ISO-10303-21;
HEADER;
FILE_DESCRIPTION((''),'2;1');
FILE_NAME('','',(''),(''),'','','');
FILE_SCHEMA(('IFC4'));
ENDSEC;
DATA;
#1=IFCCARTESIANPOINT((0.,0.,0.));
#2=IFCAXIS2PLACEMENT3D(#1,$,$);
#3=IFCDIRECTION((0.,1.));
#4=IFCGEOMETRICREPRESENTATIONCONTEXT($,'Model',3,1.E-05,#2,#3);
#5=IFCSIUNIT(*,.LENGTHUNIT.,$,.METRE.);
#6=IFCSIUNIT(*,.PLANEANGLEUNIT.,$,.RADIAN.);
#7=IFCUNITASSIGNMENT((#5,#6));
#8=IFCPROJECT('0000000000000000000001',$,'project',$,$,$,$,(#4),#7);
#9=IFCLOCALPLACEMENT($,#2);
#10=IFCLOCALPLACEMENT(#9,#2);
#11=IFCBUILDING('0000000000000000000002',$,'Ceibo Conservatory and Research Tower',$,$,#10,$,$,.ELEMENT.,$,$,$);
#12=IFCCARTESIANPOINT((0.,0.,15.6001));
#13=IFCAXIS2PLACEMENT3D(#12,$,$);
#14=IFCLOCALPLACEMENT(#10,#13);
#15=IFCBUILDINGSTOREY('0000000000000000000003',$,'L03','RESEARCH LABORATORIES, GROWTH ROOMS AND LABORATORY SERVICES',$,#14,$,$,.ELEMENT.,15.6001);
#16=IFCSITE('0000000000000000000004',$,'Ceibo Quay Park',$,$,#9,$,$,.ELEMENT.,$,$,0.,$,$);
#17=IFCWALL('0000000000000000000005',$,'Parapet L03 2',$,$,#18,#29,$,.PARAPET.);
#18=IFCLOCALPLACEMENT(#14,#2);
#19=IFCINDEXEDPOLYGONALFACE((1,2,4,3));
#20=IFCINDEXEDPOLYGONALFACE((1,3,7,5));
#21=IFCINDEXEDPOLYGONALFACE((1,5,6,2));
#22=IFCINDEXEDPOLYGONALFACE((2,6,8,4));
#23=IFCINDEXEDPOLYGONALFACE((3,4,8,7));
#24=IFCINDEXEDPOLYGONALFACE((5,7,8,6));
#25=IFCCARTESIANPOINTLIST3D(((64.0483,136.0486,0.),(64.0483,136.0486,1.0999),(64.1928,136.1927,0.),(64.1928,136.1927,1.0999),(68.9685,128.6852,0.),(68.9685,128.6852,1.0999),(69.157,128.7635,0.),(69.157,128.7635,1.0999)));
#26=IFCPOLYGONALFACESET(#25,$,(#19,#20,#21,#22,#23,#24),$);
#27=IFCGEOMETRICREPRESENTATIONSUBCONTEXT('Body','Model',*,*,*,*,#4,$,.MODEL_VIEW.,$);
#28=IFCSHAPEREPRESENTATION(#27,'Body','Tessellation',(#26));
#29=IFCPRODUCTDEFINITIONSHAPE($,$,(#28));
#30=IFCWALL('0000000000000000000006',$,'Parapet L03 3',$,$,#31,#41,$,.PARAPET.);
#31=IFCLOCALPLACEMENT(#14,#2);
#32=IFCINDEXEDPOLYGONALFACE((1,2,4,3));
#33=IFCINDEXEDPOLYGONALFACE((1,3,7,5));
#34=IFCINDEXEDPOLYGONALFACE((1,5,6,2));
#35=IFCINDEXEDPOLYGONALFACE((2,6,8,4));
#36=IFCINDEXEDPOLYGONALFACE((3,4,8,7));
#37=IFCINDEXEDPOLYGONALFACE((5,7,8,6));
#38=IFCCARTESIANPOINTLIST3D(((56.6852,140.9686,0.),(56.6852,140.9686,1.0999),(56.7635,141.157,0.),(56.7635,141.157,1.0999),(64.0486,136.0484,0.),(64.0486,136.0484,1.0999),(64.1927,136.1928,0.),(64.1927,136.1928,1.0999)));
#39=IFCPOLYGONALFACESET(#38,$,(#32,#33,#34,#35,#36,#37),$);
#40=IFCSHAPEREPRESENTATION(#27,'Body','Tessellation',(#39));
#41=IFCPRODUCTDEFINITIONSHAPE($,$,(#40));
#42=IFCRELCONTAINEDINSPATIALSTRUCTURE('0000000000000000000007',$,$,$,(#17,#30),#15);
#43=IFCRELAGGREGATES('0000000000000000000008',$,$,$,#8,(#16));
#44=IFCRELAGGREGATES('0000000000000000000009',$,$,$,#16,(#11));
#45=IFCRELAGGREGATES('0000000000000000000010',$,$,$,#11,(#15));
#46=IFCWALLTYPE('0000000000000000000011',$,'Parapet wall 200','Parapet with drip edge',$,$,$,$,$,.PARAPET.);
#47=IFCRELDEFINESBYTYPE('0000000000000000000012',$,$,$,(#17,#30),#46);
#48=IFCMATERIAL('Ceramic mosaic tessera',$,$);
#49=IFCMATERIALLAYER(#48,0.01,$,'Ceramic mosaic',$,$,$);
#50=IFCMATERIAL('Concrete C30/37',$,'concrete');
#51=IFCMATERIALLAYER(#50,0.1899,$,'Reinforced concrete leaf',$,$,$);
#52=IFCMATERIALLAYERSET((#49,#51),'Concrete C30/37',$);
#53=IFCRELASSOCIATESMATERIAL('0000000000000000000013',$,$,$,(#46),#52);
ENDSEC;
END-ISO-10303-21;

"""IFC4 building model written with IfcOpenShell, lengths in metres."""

from ifc_helpers import new_model, si_unit, direction, frame, origin, place, context, subcontext, project, spatial, polyline, outline, extrude, material, layer, layer_set, type_object, element, save


model = new_model("IFC4")

# Units and contexts
model_context = context("Model", 3, precision=1e-05, world=origin(), true_north=direction((0.0, 1.0)))
body_context = subcontext(model_context, "Body", "Model", "MODEL_VIEW")
ifc_project = project(units=[si_unit("LENGTHUNIT", "METRE"), si_unit("PLANEANGLEUNIT", "RADIAN")], contexts=[model_context])

# Site, building, storey
site_placement = place(None, origin())
site = spatial("IfcSite", under=ifc_project, at=site_placement, Name="Ceibo Quay Park", CompositionType="ELEMENT", RefElevation=0.0)
building_placement = place(site_placement, origin())
building = spatial("IfcBuilding", under=site, at=building_placement, Name="Ceibo Conservatory and Research Tower", CompositionType="ELEMENT")
storey_placement = place(building_placement, frame((0.0, 0.0, 15.6001)))
storey = spatial("IfcBuildingStorey", under=building, at=storey_placement, Name="L03", Description="RESEARCH LABORATORIES, GROWTH ROOMS AND LABORATORY SERVICES", CompositionType="ELEMENT", Elevation=15.6001)

# Walls
ifc_material_1 = material(Name="Ceramic mosaic tessera")
ifc_layer_1 = layer(ifc_material_1, 0.01, Name="Ceramic mosaic")
ifc_material_2 = material(Name="Concrete C30/37", Category="concrete")
ifc_layer_2 = layer(ifc_material_2, 0.1899, Name="Reinforced concrete leaf")
ifc_layer_set_1 = layer_set([ifc_layer_1, ifc_layer_2], Name="Concrete C30/37")
wall_type = type_object("IfcWallType", Name="Parapet wall 200", Description="Parapet with drip edge", PredefinedType="PARAPET", material=ifc_layer_set_1)
for number, where, z_axis, x_axis, name in (
    (1, (69.0627, 128.7244, 0.0), (0.0, 0.0, 1.0), (-0.55558, 0.831463, 0.0), "Parapet L03 2"),
    (2, (64.1206, 136.1206, 0.0), (0.0, 0.0, 1.0), (-0.831463, 0.55558, 0.0), "Parapet L03 3"),
):
    element("IfcWall", number, at=place(storey_placement, frame(where, z_axis=z_axis, x_axis=x_axis)), inside=storey, type_object=wall_type, Name=name, PredefinedType="PARAPET", context=body_context, shape_type="SweptSolid", body=[
        extrude(outline(polyline([(-0.0198, -0.1001), (8.9153, -0.1001), (8.8757, 0.1001), (0.0198, 0.1001), (-0.0198, -0.1001)])), origin(), (0.0, 0.0, 1.0), 1.0999),
    ])

save(model, "model.ifc")
